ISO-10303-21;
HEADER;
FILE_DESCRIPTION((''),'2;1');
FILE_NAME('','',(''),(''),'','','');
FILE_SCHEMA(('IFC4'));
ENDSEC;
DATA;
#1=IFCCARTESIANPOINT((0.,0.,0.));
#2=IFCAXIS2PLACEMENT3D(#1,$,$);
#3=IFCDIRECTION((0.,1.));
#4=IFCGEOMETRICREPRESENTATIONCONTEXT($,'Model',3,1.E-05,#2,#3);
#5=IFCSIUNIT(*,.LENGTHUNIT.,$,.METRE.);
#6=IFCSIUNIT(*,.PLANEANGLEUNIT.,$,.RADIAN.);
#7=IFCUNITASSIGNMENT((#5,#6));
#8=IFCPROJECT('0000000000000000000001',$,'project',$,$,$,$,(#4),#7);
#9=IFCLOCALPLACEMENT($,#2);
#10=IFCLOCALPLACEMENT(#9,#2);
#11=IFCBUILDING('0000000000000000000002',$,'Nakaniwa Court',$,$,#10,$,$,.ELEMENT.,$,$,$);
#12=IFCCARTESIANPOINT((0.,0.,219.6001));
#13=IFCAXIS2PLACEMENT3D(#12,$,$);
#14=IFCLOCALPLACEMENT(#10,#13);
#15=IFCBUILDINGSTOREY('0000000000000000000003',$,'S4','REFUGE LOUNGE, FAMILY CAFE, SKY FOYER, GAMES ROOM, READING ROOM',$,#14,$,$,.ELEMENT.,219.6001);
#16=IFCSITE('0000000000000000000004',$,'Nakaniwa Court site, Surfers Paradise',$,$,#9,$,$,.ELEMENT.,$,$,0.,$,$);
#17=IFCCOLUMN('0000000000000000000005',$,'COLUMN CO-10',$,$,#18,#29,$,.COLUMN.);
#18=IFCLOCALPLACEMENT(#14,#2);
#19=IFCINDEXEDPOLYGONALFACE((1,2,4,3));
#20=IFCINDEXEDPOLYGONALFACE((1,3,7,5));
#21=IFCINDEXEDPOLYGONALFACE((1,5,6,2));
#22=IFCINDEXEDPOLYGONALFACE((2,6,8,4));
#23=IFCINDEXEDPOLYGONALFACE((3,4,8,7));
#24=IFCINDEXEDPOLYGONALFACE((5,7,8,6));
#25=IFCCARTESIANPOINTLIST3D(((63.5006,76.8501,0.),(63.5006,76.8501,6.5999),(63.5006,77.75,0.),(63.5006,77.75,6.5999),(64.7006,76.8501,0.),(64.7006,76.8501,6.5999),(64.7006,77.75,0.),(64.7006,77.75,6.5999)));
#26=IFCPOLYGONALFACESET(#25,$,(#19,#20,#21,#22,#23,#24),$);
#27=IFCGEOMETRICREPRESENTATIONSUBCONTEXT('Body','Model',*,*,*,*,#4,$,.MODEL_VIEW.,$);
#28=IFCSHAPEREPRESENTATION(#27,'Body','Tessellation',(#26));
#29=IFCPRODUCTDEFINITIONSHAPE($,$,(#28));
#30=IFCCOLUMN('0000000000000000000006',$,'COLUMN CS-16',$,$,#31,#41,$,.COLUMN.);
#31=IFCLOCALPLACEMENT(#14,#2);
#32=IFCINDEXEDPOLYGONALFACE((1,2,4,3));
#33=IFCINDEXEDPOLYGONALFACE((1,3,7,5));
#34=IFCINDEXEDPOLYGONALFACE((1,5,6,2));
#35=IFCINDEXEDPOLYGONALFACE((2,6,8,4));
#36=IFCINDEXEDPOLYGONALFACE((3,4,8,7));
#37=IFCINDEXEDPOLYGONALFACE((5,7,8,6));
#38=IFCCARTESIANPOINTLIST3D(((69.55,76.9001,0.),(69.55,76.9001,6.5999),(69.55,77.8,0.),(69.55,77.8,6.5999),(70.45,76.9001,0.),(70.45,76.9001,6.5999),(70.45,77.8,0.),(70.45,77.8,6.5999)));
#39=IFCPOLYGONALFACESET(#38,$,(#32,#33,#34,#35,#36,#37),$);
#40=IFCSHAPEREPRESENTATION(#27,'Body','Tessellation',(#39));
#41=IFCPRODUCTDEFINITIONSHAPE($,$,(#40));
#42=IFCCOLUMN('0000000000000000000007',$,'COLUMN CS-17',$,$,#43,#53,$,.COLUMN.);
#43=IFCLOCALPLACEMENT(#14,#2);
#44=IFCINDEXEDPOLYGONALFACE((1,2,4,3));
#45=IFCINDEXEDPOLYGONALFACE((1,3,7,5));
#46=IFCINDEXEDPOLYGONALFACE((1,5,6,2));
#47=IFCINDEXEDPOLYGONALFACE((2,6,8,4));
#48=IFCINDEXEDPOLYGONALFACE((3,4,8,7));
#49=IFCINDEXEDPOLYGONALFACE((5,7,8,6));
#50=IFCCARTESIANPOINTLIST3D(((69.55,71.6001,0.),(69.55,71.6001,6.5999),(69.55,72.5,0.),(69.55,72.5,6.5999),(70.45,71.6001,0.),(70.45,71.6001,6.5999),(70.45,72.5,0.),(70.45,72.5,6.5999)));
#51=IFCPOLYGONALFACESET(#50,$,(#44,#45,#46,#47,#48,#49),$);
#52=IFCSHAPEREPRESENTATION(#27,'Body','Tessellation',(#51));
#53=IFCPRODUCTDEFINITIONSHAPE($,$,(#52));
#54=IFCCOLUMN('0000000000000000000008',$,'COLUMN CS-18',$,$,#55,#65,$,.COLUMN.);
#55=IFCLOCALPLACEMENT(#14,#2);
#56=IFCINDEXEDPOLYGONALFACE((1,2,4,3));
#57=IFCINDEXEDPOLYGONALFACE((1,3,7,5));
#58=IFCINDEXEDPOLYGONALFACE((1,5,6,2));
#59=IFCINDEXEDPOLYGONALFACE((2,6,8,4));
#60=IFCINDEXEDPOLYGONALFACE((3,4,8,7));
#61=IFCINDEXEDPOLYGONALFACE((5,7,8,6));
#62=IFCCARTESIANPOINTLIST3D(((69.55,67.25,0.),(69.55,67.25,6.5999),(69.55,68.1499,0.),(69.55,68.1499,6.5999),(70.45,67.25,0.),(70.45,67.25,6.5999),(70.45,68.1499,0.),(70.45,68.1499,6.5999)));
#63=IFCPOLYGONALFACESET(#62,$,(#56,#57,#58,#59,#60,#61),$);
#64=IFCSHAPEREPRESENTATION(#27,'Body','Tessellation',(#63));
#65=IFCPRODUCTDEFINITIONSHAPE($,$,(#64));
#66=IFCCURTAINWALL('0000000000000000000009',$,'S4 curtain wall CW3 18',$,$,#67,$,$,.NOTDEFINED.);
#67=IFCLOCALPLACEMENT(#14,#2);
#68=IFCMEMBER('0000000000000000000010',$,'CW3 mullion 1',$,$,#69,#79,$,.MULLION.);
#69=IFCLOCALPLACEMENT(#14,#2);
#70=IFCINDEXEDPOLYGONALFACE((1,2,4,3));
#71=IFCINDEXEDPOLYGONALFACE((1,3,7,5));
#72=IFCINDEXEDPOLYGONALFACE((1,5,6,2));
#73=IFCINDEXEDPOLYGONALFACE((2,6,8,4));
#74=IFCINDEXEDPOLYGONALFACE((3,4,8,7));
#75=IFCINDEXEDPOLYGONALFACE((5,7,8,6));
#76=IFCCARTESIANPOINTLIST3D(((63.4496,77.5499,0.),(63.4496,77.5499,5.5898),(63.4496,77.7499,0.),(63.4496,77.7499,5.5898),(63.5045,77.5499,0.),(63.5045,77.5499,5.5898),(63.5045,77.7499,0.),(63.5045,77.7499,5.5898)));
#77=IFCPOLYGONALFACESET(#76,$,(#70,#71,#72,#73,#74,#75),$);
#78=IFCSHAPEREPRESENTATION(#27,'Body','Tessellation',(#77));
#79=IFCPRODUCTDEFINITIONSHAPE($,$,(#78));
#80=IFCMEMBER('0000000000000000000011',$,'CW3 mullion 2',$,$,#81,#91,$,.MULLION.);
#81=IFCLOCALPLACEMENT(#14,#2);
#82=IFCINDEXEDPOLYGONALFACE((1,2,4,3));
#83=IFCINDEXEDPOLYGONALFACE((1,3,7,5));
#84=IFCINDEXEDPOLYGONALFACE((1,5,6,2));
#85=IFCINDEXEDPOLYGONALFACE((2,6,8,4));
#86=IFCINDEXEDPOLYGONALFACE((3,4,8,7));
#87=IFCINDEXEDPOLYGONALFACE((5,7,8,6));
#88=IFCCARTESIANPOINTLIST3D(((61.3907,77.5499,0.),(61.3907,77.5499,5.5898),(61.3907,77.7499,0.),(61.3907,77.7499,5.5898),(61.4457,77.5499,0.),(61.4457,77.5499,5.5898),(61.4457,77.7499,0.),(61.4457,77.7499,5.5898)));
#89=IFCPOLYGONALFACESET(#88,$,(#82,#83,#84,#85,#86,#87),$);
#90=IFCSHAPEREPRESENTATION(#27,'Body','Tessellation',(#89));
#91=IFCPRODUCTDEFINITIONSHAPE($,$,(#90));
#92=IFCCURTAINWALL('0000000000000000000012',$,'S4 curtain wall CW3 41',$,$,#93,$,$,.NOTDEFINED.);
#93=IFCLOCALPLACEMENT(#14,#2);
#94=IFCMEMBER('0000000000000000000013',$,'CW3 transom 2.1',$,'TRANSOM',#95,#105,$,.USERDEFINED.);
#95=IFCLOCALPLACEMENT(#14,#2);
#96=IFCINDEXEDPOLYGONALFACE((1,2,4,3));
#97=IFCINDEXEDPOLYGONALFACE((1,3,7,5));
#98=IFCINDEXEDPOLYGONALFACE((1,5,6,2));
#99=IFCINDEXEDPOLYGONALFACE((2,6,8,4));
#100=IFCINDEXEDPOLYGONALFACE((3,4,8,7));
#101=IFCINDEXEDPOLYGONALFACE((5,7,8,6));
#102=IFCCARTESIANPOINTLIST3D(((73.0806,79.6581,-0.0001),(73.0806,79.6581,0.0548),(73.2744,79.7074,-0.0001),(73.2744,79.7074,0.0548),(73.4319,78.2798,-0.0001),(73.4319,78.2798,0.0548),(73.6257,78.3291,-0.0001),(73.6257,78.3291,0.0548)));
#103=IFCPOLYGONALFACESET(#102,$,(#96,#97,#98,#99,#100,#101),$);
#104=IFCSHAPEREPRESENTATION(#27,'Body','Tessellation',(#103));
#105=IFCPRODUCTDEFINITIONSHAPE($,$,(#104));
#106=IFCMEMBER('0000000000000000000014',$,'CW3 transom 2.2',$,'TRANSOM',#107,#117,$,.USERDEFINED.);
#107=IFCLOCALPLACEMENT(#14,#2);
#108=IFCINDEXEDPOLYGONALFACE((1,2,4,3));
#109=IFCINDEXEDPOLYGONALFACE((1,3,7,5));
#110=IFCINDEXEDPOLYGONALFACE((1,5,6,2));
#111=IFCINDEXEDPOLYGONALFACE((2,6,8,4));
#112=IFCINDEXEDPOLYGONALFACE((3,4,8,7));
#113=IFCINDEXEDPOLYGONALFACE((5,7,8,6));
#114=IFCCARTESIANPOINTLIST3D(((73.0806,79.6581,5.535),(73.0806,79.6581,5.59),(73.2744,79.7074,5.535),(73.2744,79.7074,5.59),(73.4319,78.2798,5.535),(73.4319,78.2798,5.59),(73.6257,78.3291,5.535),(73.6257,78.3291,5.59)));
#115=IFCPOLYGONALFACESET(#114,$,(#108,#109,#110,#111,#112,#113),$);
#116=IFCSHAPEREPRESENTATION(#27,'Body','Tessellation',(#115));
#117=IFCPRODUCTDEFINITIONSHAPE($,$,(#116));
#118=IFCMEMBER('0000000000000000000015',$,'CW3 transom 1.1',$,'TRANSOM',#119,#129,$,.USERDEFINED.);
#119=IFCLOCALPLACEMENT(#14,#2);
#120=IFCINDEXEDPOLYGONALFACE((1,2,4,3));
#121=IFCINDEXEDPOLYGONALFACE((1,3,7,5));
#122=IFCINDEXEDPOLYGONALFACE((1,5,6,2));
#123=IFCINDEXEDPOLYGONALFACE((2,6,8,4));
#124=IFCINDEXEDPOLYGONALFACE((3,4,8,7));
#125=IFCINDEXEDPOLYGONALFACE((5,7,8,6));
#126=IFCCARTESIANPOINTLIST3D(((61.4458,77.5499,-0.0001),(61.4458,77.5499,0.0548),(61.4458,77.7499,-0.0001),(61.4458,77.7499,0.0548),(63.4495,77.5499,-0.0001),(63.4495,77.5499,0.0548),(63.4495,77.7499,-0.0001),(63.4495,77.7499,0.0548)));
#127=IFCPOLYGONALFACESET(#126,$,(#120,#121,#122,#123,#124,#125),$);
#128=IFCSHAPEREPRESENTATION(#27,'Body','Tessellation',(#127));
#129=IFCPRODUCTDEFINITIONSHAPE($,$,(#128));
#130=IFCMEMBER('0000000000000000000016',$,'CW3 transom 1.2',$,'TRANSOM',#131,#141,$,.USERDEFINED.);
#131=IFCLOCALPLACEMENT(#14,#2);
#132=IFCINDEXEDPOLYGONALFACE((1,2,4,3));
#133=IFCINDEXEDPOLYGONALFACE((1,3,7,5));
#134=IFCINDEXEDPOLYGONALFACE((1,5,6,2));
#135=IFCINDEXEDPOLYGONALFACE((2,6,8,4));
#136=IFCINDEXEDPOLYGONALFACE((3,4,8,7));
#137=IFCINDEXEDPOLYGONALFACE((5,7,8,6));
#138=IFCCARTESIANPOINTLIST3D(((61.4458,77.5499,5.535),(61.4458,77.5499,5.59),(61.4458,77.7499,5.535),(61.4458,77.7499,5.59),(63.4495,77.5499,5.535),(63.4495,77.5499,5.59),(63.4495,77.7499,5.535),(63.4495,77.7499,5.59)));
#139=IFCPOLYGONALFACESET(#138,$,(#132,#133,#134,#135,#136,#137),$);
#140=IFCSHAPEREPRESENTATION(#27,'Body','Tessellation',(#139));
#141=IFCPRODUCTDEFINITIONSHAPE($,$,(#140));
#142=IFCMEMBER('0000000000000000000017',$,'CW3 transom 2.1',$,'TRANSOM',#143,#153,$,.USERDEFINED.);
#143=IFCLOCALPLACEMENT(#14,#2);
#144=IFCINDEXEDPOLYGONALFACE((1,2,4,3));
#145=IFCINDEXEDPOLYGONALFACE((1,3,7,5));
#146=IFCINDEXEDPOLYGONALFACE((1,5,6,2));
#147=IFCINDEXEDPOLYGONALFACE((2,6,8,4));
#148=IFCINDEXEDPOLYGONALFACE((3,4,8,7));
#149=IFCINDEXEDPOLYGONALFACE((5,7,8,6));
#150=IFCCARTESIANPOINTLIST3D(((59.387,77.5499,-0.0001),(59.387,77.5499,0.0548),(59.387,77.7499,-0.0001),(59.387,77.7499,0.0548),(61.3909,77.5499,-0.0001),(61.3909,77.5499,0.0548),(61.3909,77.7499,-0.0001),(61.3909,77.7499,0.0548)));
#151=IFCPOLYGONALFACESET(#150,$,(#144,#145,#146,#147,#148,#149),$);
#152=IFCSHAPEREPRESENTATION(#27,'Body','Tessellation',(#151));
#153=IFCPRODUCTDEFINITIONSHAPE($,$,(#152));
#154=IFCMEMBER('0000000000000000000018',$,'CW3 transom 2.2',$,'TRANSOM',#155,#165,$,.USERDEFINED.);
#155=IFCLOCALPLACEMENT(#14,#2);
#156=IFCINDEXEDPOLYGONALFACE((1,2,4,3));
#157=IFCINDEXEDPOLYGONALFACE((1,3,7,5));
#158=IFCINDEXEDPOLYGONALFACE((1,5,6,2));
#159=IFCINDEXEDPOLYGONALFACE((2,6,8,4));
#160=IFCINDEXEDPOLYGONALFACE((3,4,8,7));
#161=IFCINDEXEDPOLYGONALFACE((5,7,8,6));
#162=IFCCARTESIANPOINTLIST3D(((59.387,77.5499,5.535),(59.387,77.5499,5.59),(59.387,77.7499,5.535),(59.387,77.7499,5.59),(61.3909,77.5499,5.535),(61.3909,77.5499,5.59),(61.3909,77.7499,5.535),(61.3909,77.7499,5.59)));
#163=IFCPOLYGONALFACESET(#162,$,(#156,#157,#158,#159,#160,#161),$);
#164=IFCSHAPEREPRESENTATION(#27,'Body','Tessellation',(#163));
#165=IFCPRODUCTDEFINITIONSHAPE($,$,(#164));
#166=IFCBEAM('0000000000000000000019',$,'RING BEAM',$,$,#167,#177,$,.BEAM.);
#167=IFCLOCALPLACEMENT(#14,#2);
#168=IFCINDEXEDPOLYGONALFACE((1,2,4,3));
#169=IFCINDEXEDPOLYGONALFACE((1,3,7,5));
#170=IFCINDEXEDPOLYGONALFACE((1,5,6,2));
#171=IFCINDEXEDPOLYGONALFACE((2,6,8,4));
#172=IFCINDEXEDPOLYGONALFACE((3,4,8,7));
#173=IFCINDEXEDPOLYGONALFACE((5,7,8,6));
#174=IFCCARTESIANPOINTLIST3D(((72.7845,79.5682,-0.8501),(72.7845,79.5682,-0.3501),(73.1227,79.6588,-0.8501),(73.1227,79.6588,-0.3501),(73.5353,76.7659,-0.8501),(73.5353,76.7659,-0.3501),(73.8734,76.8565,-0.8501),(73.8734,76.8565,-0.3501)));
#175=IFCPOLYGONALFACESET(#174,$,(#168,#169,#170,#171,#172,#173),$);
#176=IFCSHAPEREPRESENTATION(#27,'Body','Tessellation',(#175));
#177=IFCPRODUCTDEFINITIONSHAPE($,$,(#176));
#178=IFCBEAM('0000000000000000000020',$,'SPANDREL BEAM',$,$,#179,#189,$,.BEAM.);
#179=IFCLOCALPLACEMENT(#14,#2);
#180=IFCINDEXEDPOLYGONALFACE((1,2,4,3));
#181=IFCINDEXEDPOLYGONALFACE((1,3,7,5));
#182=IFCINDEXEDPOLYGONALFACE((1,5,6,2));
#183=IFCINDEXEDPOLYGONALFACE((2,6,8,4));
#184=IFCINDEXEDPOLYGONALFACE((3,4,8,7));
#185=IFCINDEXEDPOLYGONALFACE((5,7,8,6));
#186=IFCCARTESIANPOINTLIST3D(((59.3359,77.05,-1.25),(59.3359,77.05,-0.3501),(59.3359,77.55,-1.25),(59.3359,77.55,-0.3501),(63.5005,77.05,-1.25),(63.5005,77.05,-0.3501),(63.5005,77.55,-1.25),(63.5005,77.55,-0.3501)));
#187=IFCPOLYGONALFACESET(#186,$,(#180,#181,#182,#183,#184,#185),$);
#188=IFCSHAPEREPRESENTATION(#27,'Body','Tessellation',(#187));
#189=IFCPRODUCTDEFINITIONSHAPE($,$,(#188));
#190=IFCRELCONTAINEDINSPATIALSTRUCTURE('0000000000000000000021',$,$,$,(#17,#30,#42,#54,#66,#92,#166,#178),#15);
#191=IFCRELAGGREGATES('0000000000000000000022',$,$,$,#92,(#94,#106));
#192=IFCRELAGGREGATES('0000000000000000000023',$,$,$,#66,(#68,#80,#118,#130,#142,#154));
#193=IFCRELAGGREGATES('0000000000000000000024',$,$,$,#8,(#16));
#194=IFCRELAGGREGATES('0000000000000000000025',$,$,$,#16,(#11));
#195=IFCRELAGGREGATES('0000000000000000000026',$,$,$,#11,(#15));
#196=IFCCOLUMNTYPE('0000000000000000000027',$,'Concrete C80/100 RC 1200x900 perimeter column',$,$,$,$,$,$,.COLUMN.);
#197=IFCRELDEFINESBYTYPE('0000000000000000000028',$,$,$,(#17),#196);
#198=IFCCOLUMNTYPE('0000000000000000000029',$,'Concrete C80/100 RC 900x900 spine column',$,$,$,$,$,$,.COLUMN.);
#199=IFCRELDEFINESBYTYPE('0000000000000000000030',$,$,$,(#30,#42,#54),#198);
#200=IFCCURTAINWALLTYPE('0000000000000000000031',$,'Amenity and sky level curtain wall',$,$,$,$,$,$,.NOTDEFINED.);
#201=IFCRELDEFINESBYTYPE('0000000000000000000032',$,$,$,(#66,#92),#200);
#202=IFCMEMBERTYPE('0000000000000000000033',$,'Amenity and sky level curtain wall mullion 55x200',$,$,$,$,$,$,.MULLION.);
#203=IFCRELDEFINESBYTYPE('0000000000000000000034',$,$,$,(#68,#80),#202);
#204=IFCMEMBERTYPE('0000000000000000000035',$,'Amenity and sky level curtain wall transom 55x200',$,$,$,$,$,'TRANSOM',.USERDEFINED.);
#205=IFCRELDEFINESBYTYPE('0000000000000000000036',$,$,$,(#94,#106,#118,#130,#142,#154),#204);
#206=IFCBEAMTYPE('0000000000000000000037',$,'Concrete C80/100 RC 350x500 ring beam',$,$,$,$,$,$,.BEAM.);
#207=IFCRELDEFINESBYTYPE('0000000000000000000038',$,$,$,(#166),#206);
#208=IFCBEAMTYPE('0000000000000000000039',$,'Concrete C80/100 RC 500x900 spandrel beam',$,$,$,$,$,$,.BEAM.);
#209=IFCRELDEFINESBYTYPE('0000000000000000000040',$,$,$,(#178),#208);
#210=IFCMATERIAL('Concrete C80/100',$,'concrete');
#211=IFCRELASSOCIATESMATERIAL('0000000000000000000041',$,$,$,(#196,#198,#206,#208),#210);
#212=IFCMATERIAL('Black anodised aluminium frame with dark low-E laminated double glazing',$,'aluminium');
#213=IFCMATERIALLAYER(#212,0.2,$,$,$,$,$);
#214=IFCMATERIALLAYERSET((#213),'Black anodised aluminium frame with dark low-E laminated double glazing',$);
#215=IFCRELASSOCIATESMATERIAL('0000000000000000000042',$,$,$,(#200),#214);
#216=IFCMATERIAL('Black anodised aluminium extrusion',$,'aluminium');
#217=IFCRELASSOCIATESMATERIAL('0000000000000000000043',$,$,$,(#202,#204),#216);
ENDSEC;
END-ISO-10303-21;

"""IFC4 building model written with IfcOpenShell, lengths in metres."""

from ifc_helpers import new_model, si_unit, direction, frame, origin, origin_2d, place, context, subcontext, project, spatial, rectangle, extrude, material, layer, layer_set, material_profile, profile_set, type_object, element, aggregate, save


model = new_model("IFC4")

# Units and contexts
model_context = context("Model", 3, precision=1e-05, world=origin(), true_north=direction((0.0, 1.0)))
body_context = subcontext(model_context, "Body", "Model", "MODEL_VIEW")
ifc_project = project(units=[si_unit("LENGTHUNIT", "METRE"), si_unit("PLANEANGLEUNIT", "RADIAN")], contexts=[model_context])

# Site, building, storey
site_placement = place(None, origin())
site = spatial("IfcSite", under=ifc_project, at=site_placement, Name="Nakaniwa Court site, Surfers Paradise", CompositionType="ELEMENT", RefElevation=0.0)
building_placement = place(site_placement, origin())
building = spatial("IfcBuilding", under=site, at=building_placement, Name="Nakaniwa Court", CompositionType="ELEMENT")
storey_placement = place(building_placement, frame((0.0, 0.0, 219.6001)))
storey = spatial("IfcBuildingStorey", under=building, at=storey_placement, Name="S4", Description="REFUGE LOUNGE, FAMILY CAFE, SKY FOYER, GAMES ROOM, READING ROOM", CompositionType="ELEMENT", Elevation=219.6001)

# Columns
ifc_material_1 = material(Name="Concrete C80/100", Category="concrete")
ifc_material_profile_1 = material_profile(ifc_material_1, rectangle(XDim=1.2, YDim=0.8999, at=origin_2d()), Name="Concrete C80/100 RC 1200x900 perimeter column")
ifc_profile_set_1 = profile_set([ifc_material_profile_1], Name="Concrete C80/100")
column_type_1 = type_object("IfcColumnType", Name="Concrete C80/100 RC 1200x900 perimeter column", PredefinedType="COLUMN", material=ifc_profile_set_1)
column_placement = place(storey_placement, frame((64.1006, 77.3, 0.0), z_axis=(0.0, 0.0, 1.0), x_axis=(-1.0, 0.0, 0.0)))
element("IfcColumn", 1, at=column_placement, inside=storey, type_object=column_type_1, Name="COLUMN CO-10", PredefinedType="COLUMN", context=body_context, shape_type="SweptSolid", body=[
    extrude(rectangle(XDim=1.2, YDim=0.8999, at=origin_2d()), origin(), (0.0, 0.0, 1.0), 6.5999),
])
ifc_material_profile_2 = material_profile(ifc_material_1, rectangle(XDim=0.8999, YDim=0.8999, at=origin_2d()), Name="Concrete C80/100 RC 900x900 spine column")
ifc_profile_set_2 = profile_set([ifc_material_profile_2], Name="Concrete C80/100")
column_type_2 = type_object("IfcColumnType", Name="Concrete C80/100 RC 900x900 spine column", PredefinedType="COLUMN", material=ifc_profile_set_2)
for number, where, z_axis, x_axis, name in (
    (2, (70.0, 77.3501, 0.0), (0.0, 0.0, 1.0), (0.0, -1.0, 0.0), "COLUMN CS-16"),
    (3, (70.0, 72.05, 0.0), (0.0, 0.0, 1.0), (0.0, -1.0, 0.0), "COLUMN CS-17"),
    (4, (70.0, 67.7, 0.0), (0.0, 0.0, 1.0), (0.0, -1.0, 0.0), "COLUMN CS-18"),
):
    element("IfcColumn", number, at=place(storey_placement, frame(where, z_axis=z_axis, x_axis=x_axis)), inside=storey, type_object=column_type_2, Name=name, PredefinedType="COLUMN", context=body_context, shape_type="SweptSolid", body=[
        extrude(rectangle(XDim=0.8999, YDim=0.8999, at=origin_2d()), origin(), (0.0, 0.0, 1.0), 6.5999),
    ])

# Curtain walls, members
ifc_material_2 = material(Name="Black anodised aluminium frame with dark low-E laminated double glazing", Category="aluminium")
ifc_layer_1 = layer(ifc_material_2, 0.2)
ifc_layer_set_1 = layer_set([ifc_layer_1], Name="Black anodised aluminium frame with dark low-E laminated double glazing")
curtain_wall_type = type_object("IfcCurtainWallType", Name="Amenity and sky level curtain wall", PredefinedType="NOTDEFINED", material=ifc_layer_set_1)
curtain_wall_1_placement = place(storey_placement, origin())
curtain_wall_1 = element("IfcCurtainWall", 5, at=curtain_wall_1_placement, inside=storey, type_object=curtain_wall_type, Name="S4 curtain wall CW3 18", PredefinedType="NOTDEFINED")
ifc_material_3 = material(Name="Black anodised aluminium extrusion", Category="aluminium")
ifc_material_profile_3 = material_profile(ifc_material_3, rectangle(XDim=0.2, YDim=0.0549, at=origin_2d()), Name="Amenity and sky level curtain wall mullion 55x200")
ifc_profile_set_3 = profile_set([ifc_material_profile_3], Name="Black anodised aluminium extrusion")
member_type_1 = type_object("IfcMemberType", Name="Amenity and sky level curtain wall mullion 55x200", PredefinedType="MULLION", material=ifc_profile_set_3)
member_1_placement = place(storey_placement, frame((63.4771, 77.6499, 0.0), z_axis=(0.0, 0.0, 1.0), x_axis=(0.0, -1.0, 0.0)))
member_1 = element("IfcMember", 6, at=member_1_placement, type_object=member_type_1, Name="CW3 mullion 1", PredefinedType="MULLION", context=body_context, shape_type="SweptSolid", body=[
    extrude(rectangle(XDim=0.2, YDim=0.0549, at=origin_2d()), origin(), (0.0, 0.0, 1.0), 5.5898),
])
member_2_placement = place(storey_placement, frame((61.4182, 77.6499, 0.0), z_axis=(0.0, 0.0, 1.0), x_axis=(0.0, -1.0, 0.0)))
member_2 = element("IfcMember", 7, at=member_2_placement, type_object=member_type_1, Name="CW3 mullion 2", PredefinedType="MULLION", context=body_context, shape_type="SweptSolid", body=[
    extrude(rectangle(XDim=0.2, YDim=0.0549, at=origin_2d()), origin(), (0.0, 0.0, 1.0), 5.5898),
])
curtain_wall_2_placement = place(storey_placement, origin())
curtain_wall_2 = element("IfcCurtainWall", 8, at=curtain_wall_2_placement, inside=storey, type_object=curtain_wall_type, Name="S4 curtain wall CW3 41", PredefinedType="NOTDEFINED")
ifc_material_profile_4 = material_profile(ifc_material_3, rectangle(XDim=0.2, YDim=0.0549, at=origin_2d()), Name="Amenity and sky level curtain wall transom 55x200")
ifc_profile_set_4 = profile_set([ifc_material_profile_4], Name="Black anodised aluminium extrusion")
member_type_2 = type_object("IfcMemberType", Name="Amenity and sky level curtain wall transom 55x200", ElementType="TRANSOM", PredefinedType="USERDEFINED", material=ifc_profile_set_4)
member_3_placement = place(storey_placement, frame((73.5288, 78.3044, 0.0273), z_axis=(-0.246975, 0.969022, 0.0), x_axis=(-0.969022, -0.246975, 0.0)))
member_3 = element("IfcMember", 9, at=member_3_placement, type_object=member_type_2, Name="CW3 transom 2.1", ObjectType="TRANSOM", PredefinedType="USERDEFINED", context=body_context, shape_type="SweptSolid", body=[
    extrude(rectangle(XDim=0.2, YDim=0.0549, at=origin_2d()), origin(), (0.0, 0.0, 1.0), 1.4224),
])
member_4_placement = place(storey_placement, frame((73.5288, 78.3044, 5.5625), z_axis=(-0.246975, 0.969022, 0.0), x_axis=(-0.969022, -0.246975, 0.0)))
member_4 = element("IfcMember", 10, at=member_4_placement, type_object=member_type_2, Name="CW3 transom 2.2", ObjectType="TRANSOM", PredefinedType="USERDEFINED", context=body_context, shape_type="SweptSolid", body=[
    extrude(rectangle(XDim=0.2, YDim=0.0549, at=origin_2d()), origin(), (0.0, 0.0, 1.0), 1.4224),
])

# Members
member_5_placement = place(storey_placement, frame((63.4495, 77.6499, 0.0273), z_axis=(-1.0, 0.0, 0.0), x_axis=(0.0, -1.0, 0.0)))
member_5 = element("IfcMember", 11, at=member_5_placement, type_object=member_type_2, Name="CW3 transom 1.1", ObjectType="TRANSOM", PredefinedType="USERDEFINED", context=body_context, shape_type="SweptSolid", body=[
    extrude(rectangle(XDim=0.2, YDim=0.0549, at=origin_2d()), origin(), (0.0, 0.0, 1.0), 2.0037),
])
member_6_placement = place(storey_placement, frame((63.4495, 77.6499, 5.5625), z_axis=(-1.0, 0.0, 0.0), x_axis=(0.0, -1.0, 0.0)))
member_6 = element("IfcMember", 12, at=member_6_placement, type_object=member_type_2, Name="CW3 transom 1.2", ObjectType="TRANSOM", PredefinedType="USERDEFINED", context=body_context, shape_type="SweptSolid", body=[
    extrude(rectangle(XDim=0.2, YDim=0.0549, at=origin_2d()), origin(), (0.0, 0.0, 1.0), 2.0037),
])
member_7_placement = place(storey_placement, frame((61.3909, 77.6499, 0.0273), z_axis=(-1.0, 0.0, 0.0), x_axis=(0.0, -1.0, 0.0)))
member_7 = element("IfcMember", 13, at=member_7_placement, type_object=member_type_2, Name="CW3 transom 2.1", ObjectType="TRANSOM", PredefinedType="USERDEFINED", context=body_context, shape_type="SweptSolid", body=[
    extrude(rectangle(XDim=0.2, YDim=0.0549, at=origin_2d()), origin(), (0.0, 0.0, 1.0), 2.0039),
])
member_8_placement = place(storey_placement, frame((61.3909, 77.6499, 5.5625), z_axis=(-1.0, 0.0, 0.0), x_axis=(0.0, -1.0, 0.0)))
member_8 = element("IfcMember", 14, at=member_8_placement, type_object=member_type_2, Name="CW3 transom 2.2", ObjectType="TRANSOM", PredefinedType="USERDEFINED", context=body_context, shape_type="SweptSolid", body=[
    extrude(rectangle(XDim=0.2, YDim=0.0549, at=origin_2d()), origin(), (0.0, 0.0, 1.0), 2.0039),
])

# Beams
ifc_material_profile_5 = material_profile(ifc_material_1, rectangle(XDim=0.3501, YDim=0.5, at=origin_2d()), Name="Concrete C80/100 RC 350x500 ring beam")
ifc_profile_set_5 = profile_set([ifc_material_profile_5], Name="Concrete C80/100")
beam_type_1 = type_object("IfcBeamType", Name="Concrete C80/100 RC 350x500 ring beam", PredefinedType="BEAM", material=ifc_profile_set_5)
beam_1_placement = place(storey_placement, frame((72.9536, 79.6135, -0.6001), z_axis=(0.258778, -0.965937, 0.0), x_axis=(0.965937, 0.258778, 0.0)))
element("IfcBeam", 15, at=beam_1_placement, inside=storey, type_object=beam_type_1, Name="RING BEAM", PredefinedType="BEAM", context=body_context, shape_type="SweptSolid", body=[
    extrude(rectangle(XDim=0.3501, YDim=0.5, at=origin_2d()), origin(), (0.0, 0.0, 1.0), 2.9011),
])
ifc_material_profile_6 = material_profile(ifc_material_1, rectangle(XDim=0.5, YDim=0.8999, at=origin_2d()), Name="Concrete C80/100 RC 500x900 spandrel beam")
ifc_profile_set_6 = profile_set([ifc_material_profile_6], Name="Concrete C80/100")
beam_type_2 = type_object("IfcBeamType", Name="Concrete C80/100 RC 500x900 spandrel beam", PredefinedType="BEAM", material=ifc_profile_set_6)
beam_2_placement = place(storey_placement, frame((63.5005, 77.3, -0.8), z_axis=(-1.0, 0.0, 0.0), x_axis=(0.0, -1.0, 0.0)))
element("IfcBeam", 16, at=beam_2_placement, inside=storey, type_object=beam_type_2, Name="SPANDREL BEAM", PredefinedType="BEAM", context=body_context, shape_type="SweptSolid", body=[
    extrude(rectangle(XDim=0.5, YDim=0.8999, at=origin_2d()), origin(), (0.0, 0.0, 1.0), 4.1646),
])

aggregate(curtain_wall_2, [member_3, member_4])
aggregate(curtain_wall_1, [member_1, member_2, member_5, member_6, member_7, member_8])

save(model, "model.ifc")
